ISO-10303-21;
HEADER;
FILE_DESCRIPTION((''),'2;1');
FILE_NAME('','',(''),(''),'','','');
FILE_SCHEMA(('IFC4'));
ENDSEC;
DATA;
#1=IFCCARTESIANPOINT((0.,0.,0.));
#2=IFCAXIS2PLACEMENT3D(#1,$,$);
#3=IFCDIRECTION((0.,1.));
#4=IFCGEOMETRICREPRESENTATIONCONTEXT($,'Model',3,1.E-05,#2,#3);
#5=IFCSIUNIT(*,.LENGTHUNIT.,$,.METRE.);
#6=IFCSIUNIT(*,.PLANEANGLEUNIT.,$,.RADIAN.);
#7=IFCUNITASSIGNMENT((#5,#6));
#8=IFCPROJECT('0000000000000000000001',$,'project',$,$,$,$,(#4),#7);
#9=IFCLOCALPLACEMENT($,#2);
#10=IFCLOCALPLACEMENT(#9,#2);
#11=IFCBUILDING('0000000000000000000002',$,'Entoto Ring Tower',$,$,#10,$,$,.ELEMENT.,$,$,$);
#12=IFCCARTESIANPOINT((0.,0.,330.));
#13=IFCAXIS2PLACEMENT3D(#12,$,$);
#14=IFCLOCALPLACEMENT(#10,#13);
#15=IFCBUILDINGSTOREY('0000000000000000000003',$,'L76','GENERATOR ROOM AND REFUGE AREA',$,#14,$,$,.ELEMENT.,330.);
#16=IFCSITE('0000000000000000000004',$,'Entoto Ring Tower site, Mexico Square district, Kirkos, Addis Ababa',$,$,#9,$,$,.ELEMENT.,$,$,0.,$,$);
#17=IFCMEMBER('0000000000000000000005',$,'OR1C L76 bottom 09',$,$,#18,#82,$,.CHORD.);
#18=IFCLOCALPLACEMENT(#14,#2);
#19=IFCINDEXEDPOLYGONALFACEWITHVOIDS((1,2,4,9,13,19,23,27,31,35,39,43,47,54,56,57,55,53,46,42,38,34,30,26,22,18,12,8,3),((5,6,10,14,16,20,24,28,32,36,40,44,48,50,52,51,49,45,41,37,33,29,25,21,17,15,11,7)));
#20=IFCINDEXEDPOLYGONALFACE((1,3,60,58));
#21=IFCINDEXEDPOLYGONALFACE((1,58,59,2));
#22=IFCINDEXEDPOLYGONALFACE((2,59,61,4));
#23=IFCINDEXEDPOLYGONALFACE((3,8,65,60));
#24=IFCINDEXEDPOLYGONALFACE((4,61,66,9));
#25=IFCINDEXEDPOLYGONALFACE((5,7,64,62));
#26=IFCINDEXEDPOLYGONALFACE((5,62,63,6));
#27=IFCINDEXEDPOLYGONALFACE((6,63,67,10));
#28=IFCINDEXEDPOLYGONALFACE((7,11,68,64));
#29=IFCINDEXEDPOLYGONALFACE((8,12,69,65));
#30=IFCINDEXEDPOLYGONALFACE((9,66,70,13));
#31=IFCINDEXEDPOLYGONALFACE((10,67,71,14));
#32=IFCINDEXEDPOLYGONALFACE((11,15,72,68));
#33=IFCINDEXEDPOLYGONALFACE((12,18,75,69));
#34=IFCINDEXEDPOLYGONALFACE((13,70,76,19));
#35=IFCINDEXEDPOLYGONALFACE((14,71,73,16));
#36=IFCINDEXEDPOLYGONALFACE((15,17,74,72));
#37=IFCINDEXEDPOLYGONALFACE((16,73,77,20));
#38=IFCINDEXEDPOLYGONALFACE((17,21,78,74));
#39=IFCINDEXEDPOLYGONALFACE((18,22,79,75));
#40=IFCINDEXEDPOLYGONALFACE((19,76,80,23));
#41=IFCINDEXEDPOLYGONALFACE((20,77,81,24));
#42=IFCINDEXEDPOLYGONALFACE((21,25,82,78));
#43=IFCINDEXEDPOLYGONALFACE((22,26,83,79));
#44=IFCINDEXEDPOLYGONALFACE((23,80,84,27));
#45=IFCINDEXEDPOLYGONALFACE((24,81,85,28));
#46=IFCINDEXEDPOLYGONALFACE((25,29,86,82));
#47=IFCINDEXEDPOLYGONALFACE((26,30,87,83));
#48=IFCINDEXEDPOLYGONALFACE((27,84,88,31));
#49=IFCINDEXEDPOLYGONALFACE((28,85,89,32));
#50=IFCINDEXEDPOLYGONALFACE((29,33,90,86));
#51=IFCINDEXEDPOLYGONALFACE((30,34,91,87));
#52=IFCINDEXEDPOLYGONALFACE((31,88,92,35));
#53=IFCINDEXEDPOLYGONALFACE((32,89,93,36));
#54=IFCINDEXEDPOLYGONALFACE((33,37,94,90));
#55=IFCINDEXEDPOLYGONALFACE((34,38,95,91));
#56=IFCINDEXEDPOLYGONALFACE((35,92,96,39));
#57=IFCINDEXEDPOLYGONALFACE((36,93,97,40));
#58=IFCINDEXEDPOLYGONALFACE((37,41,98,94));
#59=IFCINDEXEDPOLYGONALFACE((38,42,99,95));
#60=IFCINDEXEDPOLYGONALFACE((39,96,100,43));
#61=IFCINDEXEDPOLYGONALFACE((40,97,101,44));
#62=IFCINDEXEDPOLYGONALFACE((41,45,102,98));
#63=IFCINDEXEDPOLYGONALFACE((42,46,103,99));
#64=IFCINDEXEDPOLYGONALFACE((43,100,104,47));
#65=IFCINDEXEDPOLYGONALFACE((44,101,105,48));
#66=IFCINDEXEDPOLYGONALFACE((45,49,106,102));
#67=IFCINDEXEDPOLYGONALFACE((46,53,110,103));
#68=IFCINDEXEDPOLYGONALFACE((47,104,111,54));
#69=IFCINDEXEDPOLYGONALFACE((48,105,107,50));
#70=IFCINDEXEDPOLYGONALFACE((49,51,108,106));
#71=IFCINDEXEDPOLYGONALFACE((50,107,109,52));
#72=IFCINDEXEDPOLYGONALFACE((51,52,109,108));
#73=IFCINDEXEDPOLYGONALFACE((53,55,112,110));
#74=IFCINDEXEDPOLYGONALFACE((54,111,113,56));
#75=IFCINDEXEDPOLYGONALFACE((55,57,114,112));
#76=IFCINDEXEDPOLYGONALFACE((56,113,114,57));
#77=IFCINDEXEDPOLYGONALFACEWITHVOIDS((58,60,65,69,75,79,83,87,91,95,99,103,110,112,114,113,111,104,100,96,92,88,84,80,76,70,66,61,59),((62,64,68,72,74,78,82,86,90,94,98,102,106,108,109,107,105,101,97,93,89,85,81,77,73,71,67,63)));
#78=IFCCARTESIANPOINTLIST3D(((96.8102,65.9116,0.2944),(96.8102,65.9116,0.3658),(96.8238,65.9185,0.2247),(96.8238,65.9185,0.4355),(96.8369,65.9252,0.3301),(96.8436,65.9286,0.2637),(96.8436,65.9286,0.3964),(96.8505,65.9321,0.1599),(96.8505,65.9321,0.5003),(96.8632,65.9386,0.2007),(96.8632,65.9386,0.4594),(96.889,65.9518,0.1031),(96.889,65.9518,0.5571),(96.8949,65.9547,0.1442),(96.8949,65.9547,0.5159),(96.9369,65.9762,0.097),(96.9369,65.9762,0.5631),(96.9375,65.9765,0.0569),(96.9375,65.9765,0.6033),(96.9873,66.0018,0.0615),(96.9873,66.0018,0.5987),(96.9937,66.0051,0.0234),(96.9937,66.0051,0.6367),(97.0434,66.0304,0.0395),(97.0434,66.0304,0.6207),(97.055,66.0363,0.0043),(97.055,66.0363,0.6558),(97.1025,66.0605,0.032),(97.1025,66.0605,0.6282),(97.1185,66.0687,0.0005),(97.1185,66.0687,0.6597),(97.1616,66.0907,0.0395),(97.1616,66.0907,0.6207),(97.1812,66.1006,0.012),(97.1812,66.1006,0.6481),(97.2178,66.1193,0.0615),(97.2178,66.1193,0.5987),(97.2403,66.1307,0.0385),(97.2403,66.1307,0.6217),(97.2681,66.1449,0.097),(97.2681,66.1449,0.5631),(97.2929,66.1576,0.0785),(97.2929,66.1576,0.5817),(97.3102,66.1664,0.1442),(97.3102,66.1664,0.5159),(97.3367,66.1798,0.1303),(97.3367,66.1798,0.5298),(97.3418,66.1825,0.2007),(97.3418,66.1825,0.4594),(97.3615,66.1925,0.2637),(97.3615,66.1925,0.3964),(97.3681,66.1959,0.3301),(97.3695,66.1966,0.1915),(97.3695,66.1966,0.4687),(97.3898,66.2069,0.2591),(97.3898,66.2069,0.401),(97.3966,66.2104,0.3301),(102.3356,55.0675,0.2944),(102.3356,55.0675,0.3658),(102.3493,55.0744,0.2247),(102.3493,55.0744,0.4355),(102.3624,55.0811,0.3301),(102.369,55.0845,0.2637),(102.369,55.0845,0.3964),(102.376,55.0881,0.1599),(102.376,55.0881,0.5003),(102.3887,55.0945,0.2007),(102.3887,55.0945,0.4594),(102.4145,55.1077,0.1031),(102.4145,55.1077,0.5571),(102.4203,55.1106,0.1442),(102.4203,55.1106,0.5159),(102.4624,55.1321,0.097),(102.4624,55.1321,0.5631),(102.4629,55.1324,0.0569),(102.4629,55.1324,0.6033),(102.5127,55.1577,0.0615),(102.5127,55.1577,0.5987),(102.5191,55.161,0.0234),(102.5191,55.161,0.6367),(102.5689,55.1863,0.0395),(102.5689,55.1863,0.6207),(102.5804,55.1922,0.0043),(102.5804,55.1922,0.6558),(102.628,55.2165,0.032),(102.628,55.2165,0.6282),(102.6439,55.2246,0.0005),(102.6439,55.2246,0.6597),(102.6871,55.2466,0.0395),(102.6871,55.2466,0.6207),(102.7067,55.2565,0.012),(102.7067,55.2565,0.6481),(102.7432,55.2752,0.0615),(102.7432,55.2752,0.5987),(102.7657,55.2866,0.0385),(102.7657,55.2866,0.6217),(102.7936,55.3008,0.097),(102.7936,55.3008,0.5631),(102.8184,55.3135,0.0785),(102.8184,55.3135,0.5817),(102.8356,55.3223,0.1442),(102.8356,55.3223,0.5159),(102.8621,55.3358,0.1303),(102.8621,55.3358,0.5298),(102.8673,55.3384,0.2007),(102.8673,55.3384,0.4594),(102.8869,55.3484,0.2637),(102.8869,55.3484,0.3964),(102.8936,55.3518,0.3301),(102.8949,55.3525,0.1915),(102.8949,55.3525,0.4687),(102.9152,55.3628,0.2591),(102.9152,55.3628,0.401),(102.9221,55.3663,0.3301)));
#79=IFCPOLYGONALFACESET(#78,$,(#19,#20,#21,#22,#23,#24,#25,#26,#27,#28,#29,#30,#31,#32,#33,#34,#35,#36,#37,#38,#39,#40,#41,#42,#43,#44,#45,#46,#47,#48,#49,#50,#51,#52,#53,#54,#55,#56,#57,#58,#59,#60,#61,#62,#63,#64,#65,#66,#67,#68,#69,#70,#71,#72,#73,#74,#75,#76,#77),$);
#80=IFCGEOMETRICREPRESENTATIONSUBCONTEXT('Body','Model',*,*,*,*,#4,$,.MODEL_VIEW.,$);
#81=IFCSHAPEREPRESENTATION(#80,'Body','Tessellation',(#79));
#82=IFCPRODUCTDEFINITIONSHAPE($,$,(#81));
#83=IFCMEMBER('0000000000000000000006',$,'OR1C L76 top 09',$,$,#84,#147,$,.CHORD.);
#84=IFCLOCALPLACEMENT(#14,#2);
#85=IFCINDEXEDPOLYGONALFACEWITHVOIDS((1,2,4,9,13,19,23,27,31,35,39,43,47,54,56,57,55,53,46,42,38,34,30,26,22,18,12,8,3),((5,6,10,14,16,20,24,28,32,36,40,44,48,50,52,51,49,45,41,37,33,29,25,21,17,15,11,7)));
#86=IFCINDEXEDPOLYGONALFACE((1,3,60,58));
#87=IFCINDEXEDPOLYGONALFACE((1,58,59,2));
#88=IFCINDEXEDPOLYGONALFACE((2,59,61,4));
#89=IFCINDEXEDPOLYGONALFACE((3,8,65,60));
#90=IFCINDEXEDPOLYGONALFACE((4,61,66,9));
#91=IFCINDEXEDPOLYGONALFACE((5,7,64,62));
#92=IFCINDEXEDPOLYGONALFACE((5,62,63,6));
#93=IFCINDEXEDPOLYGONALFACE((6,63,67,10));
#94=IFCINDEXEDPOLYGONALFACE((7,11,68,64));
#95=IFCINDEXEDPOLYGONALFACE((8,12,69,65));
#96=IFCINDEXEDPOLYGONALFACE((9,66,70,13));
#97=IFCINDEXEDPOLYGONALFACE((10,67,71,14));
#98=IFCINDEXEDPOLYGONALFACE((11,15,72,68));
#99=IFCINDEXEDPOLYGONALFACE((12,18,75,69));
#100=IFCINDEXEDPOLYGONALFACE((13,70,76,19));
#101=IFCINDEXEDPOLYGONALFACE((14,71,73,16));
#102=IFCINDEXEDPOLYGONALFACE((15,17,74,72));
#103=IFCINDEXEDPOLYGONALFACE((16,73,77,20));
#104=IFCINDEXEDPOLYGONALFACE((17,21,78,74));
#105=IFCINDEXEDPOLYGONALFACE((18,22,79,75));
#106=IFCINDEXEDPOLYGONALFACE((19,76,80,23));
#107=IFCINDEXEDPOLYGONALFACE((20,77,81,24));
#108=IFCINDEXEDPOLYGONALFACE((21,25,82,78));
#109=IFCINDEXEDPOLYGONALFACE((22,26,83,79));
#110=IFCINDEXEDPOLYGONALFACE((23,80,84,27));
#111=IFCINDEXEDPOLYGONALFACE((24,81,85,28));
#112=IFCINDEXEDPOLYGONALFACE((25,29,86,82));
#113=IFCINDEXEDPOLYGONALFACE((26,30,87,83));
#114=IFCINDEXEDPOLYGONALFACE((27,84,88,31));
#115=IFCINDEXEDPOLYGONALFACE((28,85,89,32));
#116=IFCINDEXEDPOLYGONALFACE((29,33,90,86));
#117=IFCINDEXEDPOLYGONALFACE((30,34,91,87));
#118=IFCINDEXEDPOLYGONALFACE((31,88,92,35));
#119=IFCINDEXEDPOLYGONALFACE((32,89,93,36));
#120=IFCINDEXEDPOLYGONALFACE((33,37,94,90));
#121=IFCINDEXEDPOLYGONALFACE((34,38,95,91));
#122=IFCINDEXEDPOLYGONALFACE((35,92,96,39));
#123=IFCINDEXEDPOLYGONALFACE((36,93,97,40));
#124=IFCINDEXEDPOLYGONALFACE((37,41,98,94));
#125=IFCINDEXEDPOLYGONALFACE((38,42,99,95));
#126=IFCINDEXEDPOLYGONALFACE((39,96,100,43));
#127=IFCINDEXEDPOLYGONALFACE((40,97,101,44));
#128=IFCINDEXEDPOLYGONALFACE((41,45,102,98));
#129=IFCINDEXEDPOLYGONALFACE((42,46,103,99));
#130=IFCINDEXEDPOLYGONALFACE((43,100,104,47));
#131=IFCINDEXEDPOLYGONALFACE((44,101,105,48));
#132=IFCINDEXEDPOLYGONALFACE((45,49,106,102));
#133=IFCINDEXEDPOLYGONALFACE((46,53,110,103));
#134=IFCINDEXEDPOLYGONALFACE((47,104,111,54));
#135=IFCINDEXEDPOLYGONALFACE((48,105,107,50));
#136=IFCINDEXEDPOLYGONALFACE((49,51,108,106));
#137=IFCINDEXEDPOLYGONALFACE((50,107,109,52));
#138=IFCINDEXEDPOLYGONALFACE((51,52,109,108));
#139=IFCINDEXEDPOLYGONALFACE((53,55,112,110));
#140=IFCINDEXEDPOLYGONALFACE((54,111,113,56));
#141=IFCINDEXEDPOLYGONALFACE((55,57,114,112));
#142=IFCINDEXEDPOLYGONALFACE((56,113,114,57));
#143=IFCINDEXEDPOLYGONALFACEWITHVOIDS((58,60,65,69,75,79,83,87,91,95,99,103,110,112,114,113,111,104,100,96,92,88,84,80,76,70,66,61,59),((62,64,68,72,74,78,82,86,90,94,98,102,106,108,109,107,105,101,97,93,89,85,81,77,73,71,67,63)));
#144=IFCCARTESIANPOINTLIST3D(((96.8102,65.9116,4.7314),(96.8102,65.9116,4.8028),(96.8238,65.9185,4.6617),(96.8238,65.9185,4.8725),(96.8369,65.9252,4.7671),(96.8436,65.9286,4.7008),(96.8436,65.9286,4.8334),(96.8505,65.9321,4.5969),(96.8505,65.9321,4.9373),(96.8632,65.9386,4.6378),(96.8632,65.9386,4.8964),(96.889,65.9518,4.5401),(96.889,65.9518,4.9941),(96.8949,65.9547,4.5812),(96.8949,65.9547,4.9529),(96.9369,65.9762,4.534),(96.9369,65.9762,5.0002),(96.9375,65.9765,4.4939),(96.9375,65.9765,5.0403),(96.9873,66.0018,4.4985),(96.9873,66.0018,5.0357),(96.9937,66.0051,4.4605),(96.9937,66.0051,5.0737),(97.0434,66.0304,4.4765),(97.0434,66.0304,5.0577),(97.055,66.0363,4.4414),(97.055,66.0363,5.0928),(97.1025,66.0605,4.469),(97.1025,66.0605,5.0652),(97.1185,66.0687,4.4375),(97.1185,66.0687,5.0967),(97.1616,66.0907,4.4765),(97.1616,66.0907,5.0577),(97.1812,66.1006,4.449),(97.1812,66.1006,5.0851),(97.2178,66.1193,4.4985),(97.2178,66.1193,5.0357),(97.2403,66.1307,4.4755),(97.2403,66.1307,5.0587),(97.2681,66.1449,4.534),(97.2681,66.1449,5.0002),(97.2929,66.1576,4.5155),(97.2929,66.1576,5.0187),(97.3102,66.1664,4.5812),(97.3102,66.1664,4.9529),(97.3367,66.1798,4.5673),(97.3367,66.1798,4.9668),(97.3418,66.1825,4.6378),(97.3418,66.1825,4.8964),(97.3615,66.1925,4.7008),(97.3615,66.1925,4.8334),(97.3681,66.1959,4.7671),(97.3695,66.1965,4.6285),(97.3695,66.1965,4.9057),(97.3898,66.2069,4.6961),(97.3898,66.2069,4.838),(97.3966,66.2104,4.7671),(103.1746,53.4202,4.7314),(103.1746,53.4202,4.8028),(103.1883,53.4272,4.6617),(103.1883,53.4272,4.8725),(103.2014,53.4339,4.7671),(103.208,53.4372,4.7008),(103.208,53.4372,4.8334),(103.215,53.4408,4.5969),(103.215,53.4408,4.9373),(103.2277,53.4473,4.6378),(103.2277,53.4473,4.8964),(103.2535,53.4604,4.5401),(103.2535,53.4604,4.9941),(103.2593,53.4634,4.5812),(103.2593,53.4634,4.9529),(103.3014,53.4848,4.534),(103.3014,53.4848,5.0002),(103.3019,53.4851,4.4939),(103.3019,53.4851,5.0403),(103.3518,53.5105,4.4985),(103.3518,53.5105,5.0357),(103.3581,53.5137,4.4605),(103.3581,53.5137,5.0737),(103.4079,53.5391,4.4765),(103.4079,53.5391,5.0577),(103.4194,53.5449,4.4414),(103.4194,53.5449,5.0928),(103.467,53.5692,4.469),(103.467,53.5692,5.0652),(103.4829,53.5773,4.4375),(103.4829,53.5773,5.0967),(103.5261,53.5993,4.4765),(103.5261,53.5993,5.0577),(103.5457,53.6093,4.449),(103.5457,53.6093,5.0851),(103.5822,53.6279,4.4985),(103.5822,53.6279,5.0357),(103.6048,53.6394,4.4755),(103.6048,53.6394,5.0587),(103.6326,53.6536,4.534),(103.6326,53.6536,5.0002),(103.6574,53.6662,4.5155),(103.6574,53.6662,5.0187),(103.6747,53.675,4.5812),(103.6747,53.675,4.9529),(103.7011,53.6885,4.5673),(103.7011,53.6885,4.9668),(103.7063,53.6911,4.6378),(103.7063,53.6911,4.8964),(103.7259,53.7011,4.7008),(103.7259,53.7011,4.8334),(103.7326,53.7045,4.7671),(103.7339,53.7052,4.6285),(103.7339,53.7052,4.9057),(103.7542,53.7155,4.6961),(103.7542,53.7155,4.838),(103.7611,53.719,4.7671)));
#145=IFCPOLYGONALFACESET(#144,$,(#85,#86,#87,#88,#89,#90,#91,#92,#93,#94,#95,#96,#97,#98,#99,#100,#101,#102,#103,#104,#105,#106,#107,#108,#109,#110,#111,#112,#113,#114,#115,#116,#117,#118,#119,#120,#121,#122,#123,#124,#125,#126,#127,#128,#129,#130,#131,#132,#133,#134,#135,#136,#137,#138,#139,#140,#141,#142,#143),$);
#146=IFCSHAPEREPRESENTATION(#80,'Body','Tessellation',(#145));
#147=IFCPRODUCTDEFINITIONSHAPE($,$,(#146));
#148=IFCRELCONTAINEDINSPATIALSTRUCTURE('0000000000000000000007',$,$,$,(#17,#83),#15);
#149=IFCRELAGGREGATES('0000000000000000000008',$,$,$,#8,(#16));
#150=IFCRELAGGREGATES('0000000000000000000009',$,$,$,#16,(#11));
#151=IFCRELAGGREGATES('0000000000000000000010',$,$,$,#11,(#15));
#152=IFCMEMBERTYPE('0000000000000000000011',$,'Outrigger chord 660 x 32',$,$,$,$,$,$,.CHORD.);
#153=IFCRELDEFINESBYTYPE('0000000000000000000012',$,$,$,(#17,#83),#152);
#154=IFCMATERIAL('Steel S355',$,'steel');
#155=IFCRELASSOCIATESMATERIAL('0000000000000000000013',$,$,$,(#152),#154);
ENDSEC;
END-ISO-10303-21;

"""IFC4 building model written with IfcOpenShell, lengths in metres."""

from ifc_helpers import new_model, si_unit, direction, frame, origin, origin_2d, place, context, subcontext, project, spatial, circle, hollow_circle, extrude, material, material_profile, profile_set, type_object, element, save


model = new_model("IFC4")

# Units and contexts
model_context = context("Model", 3, precision=1e-05, world=origin(), true_north=direction((0.0, 1.0)))
body_context = subcontext(model_context, "Body", "Model", "MODEL_VIEW")
ifc_project = project(units=[si_unit("LENGTHUNIT", "METRE"), si_unit("PLANEANGLEUNIT", "RADIAN")], contexts=[model_context])

# Site, building, storey
site_placement = place(None, origin())
site = spatial("IfcSite", under=ifc_project, at=site_placement, Name="Entoto Ring Tower site, Mexico Square district, Kirkos, Addis Ababa", CompositionType="ELEMENT", RefElevation=0.0)
building_placement = place(site_placement, origin())
building = spatial("IfcBuilding", under=site, at=building_placement, Name="Entoto Ring Tower", CompositionType="ELEMENT")
storey_placement = place(building_placement, frame((0.0, 0.0, 330.0)))
storey = spatial("IfcBuildingStorey", under=building, at=storey_placement, Name="L76", Description="GENERATOR ROOM AND REFUGE AREA", CompositionType="ELEMENT", Elevation=330.0)

# Members
ifc_material_1 = material(Name="Steel S355", Category="steel")
ifc_material_profile_1 = material_profile(ifc_material_1, hollow_circle(Radius=0.3301, WallThickness=0.032, at=origin_2d()), Name="CHS 660 x 32")
ifc_material_2 = material(Name="Concrete C60/75", Category="concrete")
ifc_material_profile_2 = material_profile(ifc_material_2, circle(Radius=0.2981, at=origin_2d()), Name="Concrete C60/75 infill")
ifc_profile_set_1 = profile_set([ifc_material_profile_1, ifc_material_profile_2], Name="Steel S355")
member_type_1 = type_object("IfcMemberType", Name="Outrigger chord 660 x 32", PredefinedType="CHORD", material=ifc_profile_set_1)
member_1_placement = place(storey_placement, frame((97.1025, 66.0605, 0.3301), z_axis=(0.453997, -0.891003, 0.0), x_axis=(0.891003, 0.453997, 0.0)))
element("IfcMember", 1, at=member_1_placement, inside=storey, type_object=member_type_1, Name="OR1C L76 bottom 09", PredefinedType="CHORD", context=body_context, shape_type="SweptSolid", body=[
    extrude(hollow_circle(Radius=0.3301, WallThickness=0.032, at=origin_2d()), origin(), (0.0, 0.0, 1.0), 12.1707),
])
member_2_placement = place(storey_placement, frame((97.1025, 66.0605, 4.7671), z_axis=(0.453978, -0.891013, 0.0), x_axis=(0.891013, 0.453978, 0.0)))
element("IfcMember", 2, at=member_2_placement, inside=storey, type_object=member_type_1, Name="OR1C L76 top 09", PredefinedType="CHORD", context=body_context, shape_type="SweptSolid", body=[
    extrude(hollow_circle(Radius=0.3301, WallThickness=0.032, at=origin_2d()), origin(), (0.0, 0.0, 1.0), 14.0193),
])

save(model, "model.ifc")
